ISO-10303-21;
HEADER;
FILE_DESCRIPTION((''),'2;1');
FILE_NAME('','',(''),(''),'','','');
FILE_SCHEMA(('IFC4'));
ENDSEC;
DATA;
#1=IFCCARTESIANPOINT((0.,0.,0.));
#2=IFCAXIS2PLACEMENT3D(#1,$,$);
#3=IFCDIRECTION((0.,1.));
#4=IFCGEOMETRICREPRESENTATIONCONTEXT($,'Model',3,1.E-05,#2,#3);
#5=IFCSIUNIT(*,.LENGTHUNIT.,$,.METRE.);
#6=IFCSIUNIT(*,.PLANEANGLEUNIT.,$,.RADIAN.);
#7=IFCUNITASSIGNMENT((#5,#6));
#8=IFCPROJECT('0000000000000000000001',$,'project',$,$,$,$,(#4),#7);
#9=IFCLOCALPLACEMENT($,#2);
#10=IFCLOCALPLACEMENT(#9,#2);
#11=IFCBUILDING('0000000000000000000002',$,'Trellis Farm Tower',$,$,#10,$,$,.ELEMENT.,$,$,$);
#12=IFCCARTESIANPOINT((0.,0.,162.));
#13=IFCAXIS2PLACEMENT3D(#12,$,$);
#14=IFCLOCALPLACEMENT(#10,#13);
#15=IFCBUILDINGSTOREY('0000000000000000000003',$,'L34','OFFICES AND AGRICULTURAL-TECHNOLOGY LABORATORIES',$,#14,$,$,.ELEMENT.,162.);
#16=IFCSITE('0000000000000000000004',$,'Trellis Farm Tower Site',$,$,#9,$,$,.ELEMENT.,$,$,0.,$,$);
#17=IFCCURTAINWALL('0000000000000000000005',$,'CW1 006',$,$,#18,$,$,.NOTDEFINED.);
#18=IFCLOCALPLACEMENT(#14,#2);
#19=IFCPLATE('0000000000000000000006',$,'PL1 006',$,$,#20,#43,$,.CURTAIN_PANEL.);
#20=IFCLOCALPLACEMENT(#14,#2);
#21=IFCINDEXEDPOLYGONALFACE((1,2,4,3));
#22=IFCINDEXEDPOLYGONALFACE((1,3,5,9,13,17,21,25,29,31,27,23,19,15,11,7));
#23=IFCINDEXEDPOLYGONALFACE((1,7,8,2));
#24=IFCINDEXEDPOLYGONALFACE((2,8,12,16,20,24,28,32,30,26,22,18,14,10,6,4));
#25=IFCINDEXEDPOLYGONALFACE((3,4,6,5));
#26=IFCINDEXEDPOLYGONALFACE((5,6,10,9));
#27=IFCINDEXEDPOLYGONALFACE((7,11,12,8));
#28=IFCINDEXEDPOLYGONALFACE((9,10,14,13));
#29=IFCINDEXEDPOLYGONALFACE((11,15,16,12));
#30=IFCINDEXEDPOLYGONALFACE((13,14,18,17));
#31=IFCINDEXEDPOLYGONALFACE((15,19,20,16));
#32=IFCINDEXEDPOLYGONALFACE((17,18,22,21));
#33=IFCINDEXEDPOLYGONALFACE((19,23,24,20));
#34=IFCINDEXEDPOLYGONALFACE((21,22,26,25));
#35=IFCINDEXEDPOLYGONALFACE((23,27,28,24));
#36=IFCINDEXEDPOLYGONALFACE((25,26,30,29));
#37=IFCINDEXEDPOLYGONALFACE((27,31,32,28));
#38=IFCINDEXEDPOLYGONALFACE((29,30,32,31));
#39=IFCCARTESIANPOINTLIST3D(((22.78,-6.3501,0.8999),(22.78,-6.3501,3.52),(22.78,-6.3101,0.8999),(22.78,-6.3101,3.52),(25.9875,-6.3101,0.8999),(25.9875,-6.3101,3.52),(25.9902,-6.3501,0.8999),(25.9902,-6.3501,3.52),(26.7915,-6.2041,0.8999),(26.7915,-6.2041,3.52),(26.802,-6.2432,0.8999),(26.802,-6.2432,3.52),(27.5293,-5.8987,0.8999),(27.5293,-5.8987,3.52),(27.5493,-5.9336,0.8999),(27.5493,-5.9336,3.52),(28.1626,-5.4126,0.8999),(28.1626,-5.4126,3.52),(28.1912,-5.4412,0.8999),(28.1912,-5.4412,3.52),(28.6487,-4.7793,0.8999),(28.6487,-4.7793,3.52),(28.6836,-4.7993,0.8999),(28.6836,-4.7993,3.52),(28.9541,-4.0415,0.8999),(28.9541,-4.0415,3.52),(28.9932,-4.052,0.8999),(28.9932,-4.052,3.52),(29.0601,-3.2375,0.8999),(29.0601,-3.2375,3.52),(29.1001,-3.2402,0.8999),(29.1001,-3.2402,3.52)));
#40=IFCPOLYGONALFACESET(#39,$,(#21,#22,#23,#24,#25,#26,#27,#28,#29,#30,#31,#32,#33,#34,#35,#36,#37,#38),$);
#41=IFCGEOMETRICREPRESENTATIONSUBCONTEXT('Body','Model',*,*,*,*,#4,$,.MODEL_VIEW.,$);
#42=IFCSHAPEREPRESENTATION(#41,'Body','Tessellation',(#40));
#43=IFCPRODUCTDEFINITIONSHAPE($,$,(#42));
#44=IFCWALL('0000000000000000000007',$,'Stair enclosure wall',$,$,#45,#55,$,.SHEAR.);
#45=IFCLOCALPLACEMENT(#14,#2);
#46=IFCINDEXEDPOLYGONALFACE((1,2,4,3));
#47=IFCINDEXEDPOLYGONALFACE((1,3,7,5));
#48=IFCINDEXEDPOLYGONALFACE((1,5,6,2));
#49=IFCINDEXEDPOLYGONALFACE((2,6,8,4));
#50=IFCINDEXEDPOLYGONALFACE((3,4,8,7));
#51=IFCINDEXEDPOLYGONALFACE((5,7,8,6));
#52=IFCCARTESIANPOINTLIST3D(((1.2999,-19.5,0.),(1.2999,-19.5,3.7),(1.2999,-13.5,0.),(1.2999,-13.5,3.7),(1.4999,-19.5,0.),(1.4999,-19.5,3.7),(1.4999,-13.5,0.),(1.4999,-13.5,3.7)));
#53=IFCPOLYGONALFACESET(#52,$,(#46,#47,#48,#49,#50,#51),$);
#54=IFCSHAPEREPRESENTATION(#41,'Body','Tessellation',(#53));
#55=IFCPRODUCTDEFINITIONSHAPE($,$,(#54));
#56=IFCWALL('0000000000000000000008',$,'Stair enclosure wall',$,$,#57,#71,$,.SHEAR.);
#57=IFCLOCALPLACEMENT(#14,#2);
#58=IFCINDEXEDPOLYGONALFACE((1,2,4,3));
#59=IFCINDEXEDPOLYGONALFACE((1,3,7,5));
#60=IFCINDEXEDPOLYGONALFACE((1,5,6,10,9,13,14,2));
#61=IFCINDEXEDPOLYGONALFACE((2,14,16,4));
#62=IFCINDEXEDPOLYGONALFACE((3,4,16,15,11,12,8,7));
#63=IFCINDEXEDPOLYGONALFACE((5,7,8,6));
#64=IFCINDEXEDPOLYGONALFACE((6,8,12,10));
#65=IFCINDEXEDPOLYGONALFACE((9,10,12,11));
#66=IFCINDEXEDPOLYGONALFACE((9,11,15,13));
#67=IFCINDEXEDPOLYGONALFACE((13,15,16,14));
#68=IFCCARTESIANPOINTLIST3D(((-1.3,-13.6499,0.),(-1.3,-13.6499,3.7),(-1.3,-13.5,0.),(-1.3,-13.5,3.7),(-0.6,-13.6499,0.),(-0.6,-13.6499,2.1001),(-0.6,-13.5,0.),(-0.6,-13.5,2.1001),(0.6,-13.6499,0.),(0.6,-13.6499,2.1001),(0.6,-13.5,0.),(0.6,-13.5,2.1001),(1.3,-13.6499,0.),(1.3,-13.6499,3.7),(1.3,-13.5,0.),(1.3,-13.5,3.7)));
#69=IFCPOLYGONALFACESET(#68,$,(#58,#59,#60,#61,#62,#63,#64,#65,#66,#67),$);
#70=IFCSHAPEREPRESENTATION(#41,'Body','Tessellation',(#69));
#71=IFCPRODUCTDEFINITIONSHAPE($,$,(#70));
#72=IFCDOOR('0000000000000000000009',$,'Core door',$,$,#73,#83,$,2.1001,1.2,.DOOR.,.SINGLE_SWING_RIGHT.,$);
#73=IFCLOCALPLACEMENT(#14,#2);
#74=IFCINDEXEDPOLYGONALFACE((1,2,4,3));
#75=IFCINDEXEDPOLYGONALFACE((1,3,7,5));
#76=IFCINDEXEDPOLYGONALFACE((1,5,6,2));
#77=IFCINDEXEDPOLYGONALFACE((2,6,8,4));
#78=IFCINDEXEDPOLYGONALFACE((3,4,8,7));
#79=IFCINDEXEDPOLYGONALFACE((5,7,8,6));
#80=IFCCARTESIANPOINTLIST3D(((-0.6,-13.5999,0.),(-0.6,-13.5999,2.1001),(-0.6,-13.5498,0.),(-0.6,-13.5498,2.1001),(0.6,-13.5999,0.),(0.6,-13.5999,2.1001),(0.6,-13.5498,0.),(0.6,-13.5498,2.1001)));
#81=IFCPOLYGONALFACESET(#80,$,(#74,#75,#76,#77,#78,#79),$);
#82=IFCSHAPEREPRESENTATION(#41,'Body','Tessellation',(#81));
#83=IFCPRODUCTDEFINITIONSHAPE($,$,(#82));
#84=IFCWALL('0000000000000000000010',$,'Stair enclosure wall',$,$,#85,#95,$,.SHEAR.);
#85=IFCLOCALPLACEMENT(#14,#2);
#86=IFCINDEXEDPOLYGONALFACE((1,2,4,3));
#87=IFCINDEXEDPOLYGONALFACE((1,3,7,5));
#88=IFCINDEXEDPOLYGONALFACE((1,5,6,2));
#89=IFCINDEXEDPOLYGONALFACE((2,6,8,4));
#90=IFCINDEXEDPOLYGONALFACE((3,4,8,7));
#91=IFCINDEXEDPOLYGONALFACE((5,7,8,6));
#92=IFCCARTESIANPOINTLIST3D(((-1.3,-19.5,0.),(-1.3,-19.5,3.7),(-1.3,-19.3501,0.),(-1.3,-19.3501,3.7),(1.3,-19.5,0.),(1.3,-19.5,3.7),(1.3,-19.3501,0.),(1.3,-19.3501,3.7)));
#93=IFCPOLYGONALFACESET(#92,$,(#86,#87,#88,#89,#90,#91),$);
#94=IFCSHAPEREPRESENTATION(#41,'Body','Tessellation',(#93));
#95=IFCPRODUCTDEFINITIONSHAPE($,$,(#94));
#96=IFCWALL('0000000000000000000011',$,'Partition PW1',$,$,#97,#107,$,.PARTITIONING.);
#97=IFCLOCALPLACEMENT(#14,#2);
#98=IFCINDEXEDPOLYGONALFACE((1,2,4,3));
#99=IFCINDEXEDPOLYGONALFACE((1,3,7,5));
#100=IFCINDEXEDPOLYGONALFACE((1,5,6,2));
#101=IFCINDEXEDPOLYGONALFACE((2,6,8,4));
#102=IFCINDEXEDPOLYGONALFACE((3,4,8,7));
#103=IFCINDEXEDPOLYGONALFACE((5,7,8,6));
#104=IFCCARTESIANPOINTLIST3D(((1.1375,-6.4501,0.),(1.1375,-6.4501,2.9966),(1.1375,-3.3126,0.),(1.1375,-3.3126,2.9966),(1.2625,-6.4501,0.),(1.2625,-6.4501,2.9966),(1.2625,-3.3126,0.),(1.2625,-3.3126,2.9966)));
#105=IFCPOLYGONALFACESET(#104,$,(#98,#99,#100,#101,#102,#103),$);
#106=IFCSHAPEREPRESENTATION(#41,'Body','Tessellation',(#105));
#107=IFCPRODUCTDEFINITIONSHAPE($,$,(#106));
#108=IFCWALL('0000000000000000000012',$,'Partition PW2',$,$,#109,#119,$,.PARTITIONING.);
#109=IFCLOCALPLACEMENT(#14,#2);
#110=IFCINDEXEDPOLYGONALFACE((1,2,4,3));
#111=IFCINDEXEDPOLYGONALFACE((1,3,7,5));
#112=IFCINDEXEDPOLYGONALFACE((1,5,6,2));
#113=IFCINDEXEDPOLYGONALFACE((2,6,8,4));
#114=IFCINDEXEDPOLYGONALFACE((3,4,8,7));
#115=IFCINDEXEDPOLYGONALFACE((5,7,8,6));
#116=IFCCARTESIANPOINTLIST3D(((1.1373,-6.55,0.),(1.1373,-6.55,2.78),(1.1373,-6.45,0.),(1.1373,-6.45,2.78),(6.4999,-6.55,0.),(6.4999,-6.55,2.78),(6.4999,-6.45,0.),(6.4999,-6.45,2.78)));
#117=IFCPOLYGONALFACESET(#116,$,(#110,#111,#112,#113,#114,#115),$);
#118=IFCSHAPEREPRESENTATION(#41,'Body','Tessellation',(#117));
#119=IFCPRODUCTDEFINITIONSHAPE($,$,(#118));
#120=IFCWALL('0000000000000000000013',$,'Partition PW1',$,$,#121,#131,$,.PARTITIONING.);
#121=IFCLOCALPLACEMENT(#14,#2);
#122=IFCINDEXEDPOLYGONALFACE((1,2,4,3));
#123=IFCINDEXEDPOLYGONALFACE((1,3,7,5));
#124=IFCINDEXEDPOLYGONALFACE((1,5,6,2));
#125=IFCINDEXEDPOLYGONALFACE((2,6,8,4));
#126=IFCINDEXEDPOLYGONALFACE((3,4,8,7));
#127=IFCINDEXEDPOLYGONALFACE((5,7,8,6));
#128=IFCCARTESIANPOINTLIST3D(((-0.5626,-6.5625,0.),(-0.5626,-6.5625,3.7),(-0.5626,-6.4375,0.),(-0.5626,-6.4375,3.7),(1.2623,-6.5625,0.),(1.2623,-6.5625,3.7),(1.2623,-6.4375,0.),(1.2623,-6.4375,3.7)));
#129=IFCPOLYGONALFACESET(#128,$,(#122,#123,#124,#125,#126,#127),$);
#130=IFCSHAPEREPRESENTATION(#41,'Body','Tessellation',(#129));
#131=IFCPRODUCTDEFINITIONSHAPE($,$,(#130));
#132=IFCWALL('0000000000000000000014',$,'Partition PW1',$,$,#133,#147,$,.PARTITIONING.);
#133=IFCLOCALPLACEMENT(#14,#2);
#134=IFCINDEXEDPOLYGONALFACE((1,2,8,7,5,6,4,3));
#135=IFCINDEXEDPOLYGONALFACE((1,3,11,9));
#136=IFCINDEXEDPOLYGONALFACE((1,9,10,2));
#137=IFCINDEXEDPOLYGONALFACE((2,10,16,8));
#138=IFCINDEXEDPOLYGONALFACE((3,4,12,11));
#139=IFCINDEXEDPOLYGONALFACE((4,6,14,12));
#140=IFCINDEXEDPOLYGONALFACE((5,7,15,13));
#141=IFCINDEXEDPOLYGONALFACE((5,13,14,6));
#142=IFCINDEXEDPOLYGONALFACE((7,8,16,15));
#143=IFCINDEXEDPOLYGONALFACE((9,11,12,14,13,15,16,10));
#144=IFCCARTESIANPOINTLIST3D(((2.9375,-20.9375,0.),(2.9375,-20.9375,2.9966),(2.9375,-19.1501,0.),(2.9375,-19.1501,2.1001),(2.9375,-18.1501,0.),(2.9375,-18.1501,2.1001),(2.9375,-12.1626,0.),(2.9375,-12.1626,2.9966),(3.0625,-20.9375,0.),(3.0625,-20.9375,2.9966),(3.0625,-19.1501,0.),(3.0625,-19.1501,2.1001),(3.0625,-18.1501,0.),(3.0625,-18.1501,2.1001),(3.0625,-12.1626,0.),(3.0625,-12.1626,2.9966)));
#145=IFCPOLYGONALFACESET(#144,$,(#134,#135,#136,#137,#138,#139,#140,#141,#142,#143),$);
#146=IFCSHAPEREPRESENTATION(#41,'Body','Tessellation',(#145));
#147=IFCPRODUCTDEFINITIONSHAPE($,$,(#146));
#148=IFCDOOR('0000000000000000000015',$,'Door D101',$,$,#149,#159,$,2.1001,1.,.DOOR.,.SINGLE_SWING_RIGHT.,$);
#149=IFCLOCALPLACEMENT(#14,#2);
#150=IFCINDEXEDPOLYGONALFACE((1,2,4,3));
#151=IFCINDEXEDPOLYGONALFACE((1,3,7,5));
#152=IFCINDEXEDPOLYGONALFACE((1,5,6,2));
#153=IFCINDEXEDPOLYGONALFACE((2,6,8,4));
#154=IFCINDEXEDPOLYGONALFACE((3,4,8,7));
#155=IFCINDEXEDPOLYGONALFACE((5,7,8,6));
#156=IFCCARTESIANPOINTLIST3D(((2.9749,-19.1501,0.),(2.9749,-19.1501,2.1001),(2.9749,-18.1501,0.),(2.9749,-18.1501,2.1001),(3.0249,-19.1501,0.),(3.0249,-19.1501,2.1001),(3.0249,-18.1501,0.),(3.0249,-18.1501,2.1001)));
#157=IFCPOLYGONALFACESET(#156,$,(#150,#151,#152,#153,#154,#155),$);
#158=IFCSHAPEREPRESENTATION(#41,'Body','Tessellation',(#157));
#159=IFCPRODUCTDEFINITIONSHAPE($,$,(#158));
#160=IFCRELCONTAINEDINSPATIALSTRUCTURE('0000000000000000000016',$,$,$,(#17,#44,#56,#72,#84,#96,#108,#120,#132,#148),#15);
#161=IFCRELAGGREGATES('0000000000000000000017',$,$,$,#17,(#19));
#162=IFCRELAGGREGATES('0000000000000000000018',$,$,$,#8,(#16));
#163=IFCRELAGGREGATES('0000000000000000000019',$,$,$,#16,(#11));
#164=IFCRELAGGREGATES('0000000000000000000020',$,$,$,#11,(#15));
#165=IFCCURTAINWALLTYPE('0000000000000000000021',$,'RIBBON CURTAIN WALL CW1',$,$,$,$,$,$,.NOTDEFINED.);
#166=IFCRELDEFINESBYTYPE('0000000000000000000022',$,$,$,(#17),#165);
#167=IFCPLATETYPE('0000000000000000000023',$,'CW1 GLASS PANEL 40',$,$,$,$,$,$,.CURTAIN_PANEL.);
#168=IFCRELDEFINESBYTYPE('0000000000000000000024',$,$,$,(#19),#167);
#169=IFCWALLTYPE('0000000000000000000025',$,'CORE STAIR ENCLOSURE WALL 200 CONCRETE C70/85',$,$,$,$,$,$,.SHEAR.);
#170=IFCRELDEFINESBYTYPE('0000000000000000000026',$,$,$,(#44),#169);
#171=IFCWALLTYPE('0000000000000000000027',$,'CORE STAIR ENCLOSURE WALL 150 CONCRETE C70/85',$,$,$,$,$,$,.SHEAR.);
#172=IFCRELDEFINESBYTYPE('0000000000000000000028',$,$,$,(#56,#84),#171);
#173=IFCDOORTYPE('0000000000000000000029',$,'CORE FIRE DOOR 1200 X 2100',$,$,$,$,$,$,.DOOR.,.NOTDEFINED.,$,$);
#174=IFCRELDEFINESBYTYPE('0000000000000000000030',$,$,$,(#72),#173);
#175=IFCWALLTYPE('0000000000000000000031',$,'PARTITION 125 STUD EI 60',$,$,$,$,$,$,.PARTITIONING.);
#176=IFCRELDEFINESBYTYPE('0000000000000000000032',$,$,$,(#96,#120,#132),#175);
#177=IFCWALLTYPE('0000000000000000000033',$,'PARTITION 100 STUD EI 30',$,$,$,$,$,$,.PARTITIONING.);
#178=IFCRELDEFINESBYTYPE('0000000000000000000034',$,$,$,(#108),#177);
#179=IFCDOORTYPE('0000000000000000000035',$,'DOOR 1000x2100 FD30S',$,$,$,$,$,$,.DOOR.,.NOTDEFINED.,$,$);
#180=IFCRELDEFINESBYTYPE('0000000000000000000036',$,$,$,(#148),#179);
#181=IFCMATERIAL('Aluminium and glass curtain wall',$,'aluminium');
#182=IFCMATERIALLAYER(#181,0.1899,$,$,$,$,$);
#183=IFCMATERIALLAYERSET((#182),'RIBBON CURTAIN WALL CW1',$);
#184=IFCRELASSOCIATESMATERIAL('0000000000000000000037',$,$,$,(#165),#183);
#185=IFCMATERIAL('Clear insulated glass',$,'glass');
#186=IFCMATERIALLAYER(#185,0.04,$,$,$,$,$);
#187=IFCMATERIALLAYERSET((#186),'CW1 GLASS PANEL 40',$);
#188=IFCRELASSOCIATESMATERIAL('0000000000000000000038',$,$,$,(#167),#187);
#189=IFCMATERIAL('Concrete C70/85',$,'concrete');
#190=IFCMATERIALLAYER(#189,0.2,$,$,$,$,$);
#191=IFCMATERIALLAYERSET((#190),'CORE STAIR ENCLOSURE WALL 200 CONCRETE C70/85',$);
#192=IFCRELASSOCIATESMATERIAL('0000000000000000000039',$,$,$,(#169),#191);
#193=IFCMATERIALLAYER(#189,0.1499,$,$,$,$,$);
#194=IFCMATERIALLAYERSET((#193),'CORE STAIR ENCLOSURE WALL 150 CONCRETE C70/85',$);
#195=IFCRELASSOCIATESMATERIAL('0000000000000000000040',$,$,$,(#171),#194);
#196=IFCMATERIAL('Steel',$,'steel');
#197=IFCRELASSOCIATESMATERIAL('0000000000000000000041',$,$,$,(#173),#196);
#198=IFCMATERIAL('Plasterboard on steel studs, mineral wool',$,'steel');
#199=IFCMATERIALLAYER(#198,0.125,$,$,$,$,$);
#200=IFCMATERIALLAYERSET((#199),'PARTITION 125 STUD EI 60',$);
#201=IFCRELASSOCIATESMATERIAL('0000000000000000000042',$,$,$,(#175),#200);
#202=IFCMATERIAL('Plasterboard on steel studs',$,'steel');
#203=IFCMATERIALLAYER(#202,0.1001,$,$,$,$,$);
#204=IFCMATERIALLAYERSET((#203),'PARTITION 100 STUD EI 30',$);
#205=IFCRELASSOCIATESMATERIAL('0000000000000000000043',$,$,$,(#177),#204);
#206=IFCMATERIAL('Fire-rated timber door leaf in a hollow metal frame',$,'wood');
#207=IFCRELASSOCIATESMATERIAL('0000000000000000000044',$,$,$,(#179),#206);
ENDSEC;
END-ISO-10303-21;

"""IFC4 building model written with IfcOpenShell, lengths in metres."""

from ifc_helpers import new_model, si_unit, direction, frame, frame_2d, origin, place, context, subcontext, project, spatial, polyline, rectangle, outline, extrude, source, transform, mapped, material, layer, layer_set, type_object, element, fill, aggregate, save


model = new_model("IFC4")

# Units and contexts
model_context = context("Model", 3, precision=1e-05, world=origin(), true_north=direction((0.0, 1.0)))
body_context = subcontext(model_context, "Body", "Model", "MODEL_VIEW")
ifc_project = project(units=[si_unit("LENGTHUNIT", "METRE"), si_unit("PLANEANGLEUNIT", "RADIAN")], contexts=[model_context])

# Site, building, storey
site_placement = place(None, origin())
site = spatial("IfcSite", under=ifc_project, at=site_placement, Name="Trellis Farm Tower Site", CompositionType="ELEMENT", RefElevation=0.0)
building_placement = place(site_placement, origin())
building = spatial("IfcBuilding", under=site, at=building_placement, Name="Trellis Farm Tower", CompositionType="ELEMENT")
storey_placement = place(building_placement, frame((0.0, 0.0, 162.0)))
storey = spatial("IfcBuildingStorey", under=building, at=storey_placement, Name="L34", Description="OFFICES AND AGRICULTURAL-TECHNOLOGY LABORATORIES", CompositionType="ELEMENT", Elevation=162.0)

# Shared definitions
ifc_material_1 = material(Name="Aluminium and glass curtain wall", Category="aluminium")
placement_1 = place(storey_placement, origin())
ifc_layer_1 = layer(ifc_material_1, 0.1899)
ifc_layer_set_1 = layer_set([ifc_layer_1], Name="RIBBON CURTAIN WALL CW1")
curtain_wall_type_1 = type_object("IfcCurtainWallType", Name="RIBBON CURTAIN WALL CW1", PredefinedType="NOTDEFINED", material=ifc_layer_set_1)

# Shared definitions
ifc_material_2 = material(Name="Clear insulated glass", Category="glass")

# Curtain wall, plate
curtain_wall_1 = element("IfcCurtainWall", 1, at=placement_1, inside=storey, type_object=curtain_wall_type_1, Name="CW1 006", PredefinedType="NOTDEFINED")
ifc_layer_2 = layer(ifc_material_2, 0.04)
ifc_layer_set_2 = layer_set([ifc_layer_2], Name="CW1 GLASS PANEL 40")
plate_type_1 = type_object("IfcPlateType", Name="CW1 GLASS PANEL 40", PredefinedType="CURTAIN_PANEL", material=ifc_layer_set_2)
shared_shape_1 = source(origin(), body_context, "Body", "SweptSolid", [
    extrude(outline(polyline([(22.78, -6.3501), (25.9902, -6.3501), (26.802, -6.2432), (27.5493, -5.9336), (28.1912, -5.4412), (28.6836, -4.7993), (28.9932, -4.052), (29.1001, -3.2402), (29.0601, -3.2375), (28.9541, -4.0415), (28.6487, -4.7793), (28.1626, -5.4126), (27.5293, -5.8987), (26.7915, -6.2041), (25.9875, -6.3101), (22.78, -6.3101), (22.78, -6.3501)])), origin(), (0.0, 0.0, 1.0), 2.6201),
])
plate_1_placement = place(storey_placement, frame((0.0, 0.0, 0.8999)))
plate_1 = element("IfcPlate", 2, at=plate_1_placement, type_object=plate_type_1, Name="PL1 006", PredefinedType="CURTAIN_PANEL", context=body_context, shape_type="MappedRepresentation", body=[
    mapped(shared_shape_1, transform((0.0, 0.0, 0.0))),
])
aggregate(curtain_wall_1, [plate_1])

# Wall
ifc_material_3 = material(Name="Concrete C70/85", Category="concrete")
ifc_layer_3 = layer(ifc_material_3, 0.2)
ifc_layer_set_3 = layer_set([ifc_layer_3], Name="CORE STAIR ENCLOSURE WALL 200 CONCRETE C70/85")
wall_type_1 = type_object("IfcWallType", Name="CORE STAIR ENCLOSURE WALL 200 CONCRETE C70/85", PredefinedType="SHEAR", material=ifc_layer_set_3)
shared_shape_2 = source(origin(), body_context, "Body", "SweptSolid", [
    extrude(rectangle(XDim=6.0, YDim=0.2, at=frame_2d((3.0, 0.0))), origin(), (0.0, 0.0, 1.0), 3.7),
])
wall_1_placement = place(storey_placement, frame((1.3999, -13.5, 0.0), z_axis=(0.0, 0.0, 1.0), x_axis=(0.0, -1.0, 0.0)))
element("IfcWall", 3, at=wall_1_placement, inside=storey, type_object=wall_type_1, Name="Stair enclosure wall", PredefinedType="SHEAR", context=body_context, shape_type="MappedRepresentation", body=[
    mapped(shared_shape_2, transform((0.0, 0.0, 0.0))),
])

# Wall, opening, door
ifc_layer_4 = layer(ifc_material_3, 0.1499)
ifc_layer_set_4 = layer_set([ifc_layer_4], Name="CORE STAIR ENCLOSURE WALL 150 CONCRETE C70/85")
wall_type_2 = type_object("IfcWallType", Name="CORE STAIR ENCLOSURE WALL 150 CONCRETE C70/85", PredefinedType="SHEAR", material=ifc_layer_set_4)
shared_shape_3 = source(origin(), body_context, "Body", "SweptSolid", [
    extrude(rectangle(XDim=2.6001, YDim=0.1499, at=frame_2d((1.3, 0.0))), origin(), (0.0, 0.0, 1.0), 3.7),
])
wall_2_placement = place(storey_placement, frame((1.3, -13.575, 0.0), z_axis=(0.0, 0.0, 1.0), x_axis=(-1.0, 0.0, 0.0)))
wall_2 = element("IfcWall", 4, at=wall_2_placement, inside=storey, type_object=wall_type_2, Name="Stair enclosure wall", PredefinedType="SHEAR", context=body_context, shape_type="MappedRepresentation", body=[
    mapped(shared_shape_3, transform((0.0, 0.0, 0.0))),
])
shared_shape_4 = source(origin(), body_context, "Body", "SweptSolid", [
    extrude(rectangle(XDim=1.2, YDim=2.1001, at=frame_2d((0.6001, 1.05))), frame((0.0, 0.085, 0.0), z_axis=(0.0, -1.0, 0.0), x_axis=(1.0, 0.0, 0.0)), (0.0, 0.0, 1.0), 0.1699),
])
opening_1_placement = place(wall_2_placement, frame((0.7, 0.0, 0.0)))
opening_1 = element("IfcOpeningElement", 5, at=opening_1_placement, cuts=wall_2, PredefinedType="OPENING", context=body_context, shape_type="MappedRepresentation", body=[
    mapped(shared_shape_4, transform((0.0, 0.0, 0.0))),
])
ifc_material_4 = material(Name="Steel", Category="steel")
door_type_1 = type_object("IfcDoorType", Name="CORE FIRE DOOR 1200 X 2100", OperationType="NOTDEFINED", PredefinedType="DOOR", material=ifc_material_4)
shared_shape_5 = source(origin(), body_context, "Body", "SweptSolid", [
    extrude(rectangle(XDim=1.2, YDim=2.1001, at=frame_2d((0.6001, 1.05))), frame((0.0, 0.0249, 0.0), z_axis=(0.0, -1.0, 0.0), x_axis=(1.0, 0.0, 0.0)), (0.0, 0.0, 1.0), 0.05),
])
door_1_placement = place(opening_1_placement, origin())
door_1 = element("IfcDoor", 6, at=door_1_placement, inside=storey, type_object=door_type_1, Name="Core door", OperationType="SINGLE_SWING_RIGHT", OverallHeight=2.1001, OverallWidth=1.2, PredefinedType="DOOR", context=body_context, shape_type="MappedRepresentation", body=[
    mapped(shared_shape_5, transform((0.0, 0.0, 0.0))),
])
fill(opening_1, door_1)

# Walls
wall_3_placement = place(storey_placement, frame((1.3, -19.425, 0.0), z_axis=(0.0, 0.0, 1.0), x_axis=(-1.0, 0.0, 0.0)))
element("IfcWall", 7, at=wall_3_placement, inside=storey, type_object=wall_type_2, Name="Stair enclosure wall", PredefinedType="SHEAR", context=body_context, shape_type="MappedRepresentation", body=[
    mapped(shared_shape_3, transform((0.0, 0.0, 0.0))),
])
ifc_material_5 = material(Name="Plasterboard on steel studs, mineral wool", Category="steel")
ifc_layer_5 = layer(ifc_material_5, 0.125)
ifc_layer_set_5 = layer_set([ifc_layer_5], Name="PARTITION 125 STUD EI 60")
wall_type_3 = type_object("IfcWallType", Name="PARTITION 125 STUD EI 60", PredefinedType="PARTITIONING", material=ifc_layer_set_5)
shared_shape_6 = source(origin(), body_context, "Body", "SweptSolid", [
    extrude(rectangle(XDim=3.1375, YDim=0.125, at=frame_2d((1.5688, 0.0))), origin(), (0.0, 0.0, 1.0), 2.9966),
])
wall_4_placement = place(storey_placement, frame((1.2, -3.3125, 0.0), z_axis=(0.0, 0.0, 1.0), x_axis=(0.0, -1.0, 0.0)))
element("IfcWall", 8, at=wall_4_placement, inside=storey, type_object=wall_type_3, Name="Partition PW1", PredefinedType="PARTITIONING", context=body_context, shape_type="MappedRepresentation", body=[
    mapped(shared_shape_6, transform((0.0, 0.0, 0.0))),
])
ifc_material_6 = material(Name="Plasterboard on steel studs", Category="steel")
ifc_layer_6 = layer(ifc_material_6, 0.1001)
ifc_layer_set_6 = layer_set([ifc_layer_6], Name="PARTITION 100 STUD EI 30")
wall_type_4 = type_object("IfcWallType", Name="PARTITION 100 STUD EI 30", PredefinedType="PARTITIONING", material=ifc_layer_set_6)
shared_shape_7 = source(origin(), body_context, "Body", "SweptSolid", [
    extrude(rectangle(XDim=5.3625, YDim=0.1001, at=frame_2d((2.6812, 0.0))), origin(), (0.0, 0.0, 1.0), 2.78),
])
wall_5_placement = place(storey_placement, frame((1.1375, -6.5, 0.0), z_axis=(0.0, 0.0, 1.0), x_axis=(1.0, 0.0, 0.0)))
element("IfcWall", 9, at=wall_5_placement, inside=storey, type_object=wall_type_4, Name="Partition PW2", PredefinedType="PARTITIONING", context=body_context, shape_type="MappedRepresentation", body=[
    mapped(shared_shape_7, transform((0.0, 0.0, 0.0))),
])
shared_shape_8 = source(origin(), body_context, "Body", "SweptSolid", [
    extrude(rectangle(XDim=1.825, YDim=0.125, at=frame_2d((0.9126, 0.0))), origin(), (0.0, 0.0, 1.0), 3.7),
])
wall_6_placement = place(storey_placement, frame((1.2625, -6.5, 0.0), z_axis=(0.0, 0.0, 1.0), x_axis=(-1.0, 0.0, 0.0)))
element("IfcWall", 10, at=wall_6_placement, inside=storey, type_object=wall_type_3, Name="Partition PW1", PredefinedType="PARTITIONING", context=body_context, shape_type="MappedRepresentation", body=[
    mapped(shared_shape_8, transform((0.0, 0.0, 0.0))),
])

# Wall, opening, door
shared_shape_9 = source(origin(), body_context, "Body", "SweptSolid", [
    extrude(rectangle(XDim=8.7749, YDim=0.125, at=frame_2d((4.3875, 0.0))), origin(), (0.0, 0.0, 1.0), 2.9966),
])
wall_7_placement = place(storey_placement, frame((3.0, -12.1626, 0.0), z_axis=(0.0, 0.0, 1.0), x_axis=(0.0, -1.0, 0.0)))
wall_7 = element("IfcWall", 11, at=wall_7_placement, inside=storey, type_object=wall_type_3, Name="Partition PW1", PredefinedType="PARTITIONING", context=body_context, shape_type="MappedRepresentation", body=[
    mapped(shared_shape_9, transform((0.0, 0.0, 0.0))),
])
shared_shape_10 = source(origin(), body_context, "Body", "SweptSolid", [
    extrude(rectangle(XDim=1.0, YDim=2.1001, at=frame_2d((0.5, 1.05))), frame((0.0, 0.0725, 0.0), z_axis=(0.0, -1.0, 0.0), x_axis=(1.0, 0.0, 0.0)), (0.0, 0.0, 1.0), 0.145),
])
opening_2_placement = place(wall_7_placement, frame((5.9875, 0.0, 0.0)))
opening_2 = element("IfcOpeningElement", 12, at=opening_2_placement, cuts=wall_7, PredefinedType="OPENING", context=body_context, shape_type="MappedRepresentation", body=[
    mapped(shared_shape_10, transform((0.0, 0.0, 0.0))),
])
ifc_material_7 = material(Name="Fire-rated timber door leaf in a hollow metal frame", Category="wood")
door_type_2 = type_object("IfcDoorType", Name="DOOR 1000x2100 FD30S", OperationType="NOTDEFINED", PredefinedType="DOOR", material=ifc_material_7)
shared_shape_11 = source(origin(), body_context, "Body", "SweptSolid", [
    extrude(rectangle(XDim=1.0, YDim=2.1001, at=frame_2d((0.5, 1.05))), frame((0.0, 0.0249, 0.0), z_axis=(0.0, -1.0, 0.0), x_axis=(1.0, 0.0, 0.0)), (0.0, 0.0, 1.0), 0.05),
])
door_2_placement = place(opening_2_placement, origin())
door_2 = element("IfcDoor", 13, at=door_2_placement, inside=storey, type_object=door_type_2, Name="Door D101", OperationType="SINGLE_SWING_RIGHT", OverallHeight=2.1001, OverallWidth=1.0, PredefinedType="DOOR", context=body_context, shape_type="MappedRepresentation", body=[
    mapped(shared_shape_11, transform((0.0, 0.0, 0.0))),
])
fill(opening_2, door_2)

save(model, "model.ifc")
